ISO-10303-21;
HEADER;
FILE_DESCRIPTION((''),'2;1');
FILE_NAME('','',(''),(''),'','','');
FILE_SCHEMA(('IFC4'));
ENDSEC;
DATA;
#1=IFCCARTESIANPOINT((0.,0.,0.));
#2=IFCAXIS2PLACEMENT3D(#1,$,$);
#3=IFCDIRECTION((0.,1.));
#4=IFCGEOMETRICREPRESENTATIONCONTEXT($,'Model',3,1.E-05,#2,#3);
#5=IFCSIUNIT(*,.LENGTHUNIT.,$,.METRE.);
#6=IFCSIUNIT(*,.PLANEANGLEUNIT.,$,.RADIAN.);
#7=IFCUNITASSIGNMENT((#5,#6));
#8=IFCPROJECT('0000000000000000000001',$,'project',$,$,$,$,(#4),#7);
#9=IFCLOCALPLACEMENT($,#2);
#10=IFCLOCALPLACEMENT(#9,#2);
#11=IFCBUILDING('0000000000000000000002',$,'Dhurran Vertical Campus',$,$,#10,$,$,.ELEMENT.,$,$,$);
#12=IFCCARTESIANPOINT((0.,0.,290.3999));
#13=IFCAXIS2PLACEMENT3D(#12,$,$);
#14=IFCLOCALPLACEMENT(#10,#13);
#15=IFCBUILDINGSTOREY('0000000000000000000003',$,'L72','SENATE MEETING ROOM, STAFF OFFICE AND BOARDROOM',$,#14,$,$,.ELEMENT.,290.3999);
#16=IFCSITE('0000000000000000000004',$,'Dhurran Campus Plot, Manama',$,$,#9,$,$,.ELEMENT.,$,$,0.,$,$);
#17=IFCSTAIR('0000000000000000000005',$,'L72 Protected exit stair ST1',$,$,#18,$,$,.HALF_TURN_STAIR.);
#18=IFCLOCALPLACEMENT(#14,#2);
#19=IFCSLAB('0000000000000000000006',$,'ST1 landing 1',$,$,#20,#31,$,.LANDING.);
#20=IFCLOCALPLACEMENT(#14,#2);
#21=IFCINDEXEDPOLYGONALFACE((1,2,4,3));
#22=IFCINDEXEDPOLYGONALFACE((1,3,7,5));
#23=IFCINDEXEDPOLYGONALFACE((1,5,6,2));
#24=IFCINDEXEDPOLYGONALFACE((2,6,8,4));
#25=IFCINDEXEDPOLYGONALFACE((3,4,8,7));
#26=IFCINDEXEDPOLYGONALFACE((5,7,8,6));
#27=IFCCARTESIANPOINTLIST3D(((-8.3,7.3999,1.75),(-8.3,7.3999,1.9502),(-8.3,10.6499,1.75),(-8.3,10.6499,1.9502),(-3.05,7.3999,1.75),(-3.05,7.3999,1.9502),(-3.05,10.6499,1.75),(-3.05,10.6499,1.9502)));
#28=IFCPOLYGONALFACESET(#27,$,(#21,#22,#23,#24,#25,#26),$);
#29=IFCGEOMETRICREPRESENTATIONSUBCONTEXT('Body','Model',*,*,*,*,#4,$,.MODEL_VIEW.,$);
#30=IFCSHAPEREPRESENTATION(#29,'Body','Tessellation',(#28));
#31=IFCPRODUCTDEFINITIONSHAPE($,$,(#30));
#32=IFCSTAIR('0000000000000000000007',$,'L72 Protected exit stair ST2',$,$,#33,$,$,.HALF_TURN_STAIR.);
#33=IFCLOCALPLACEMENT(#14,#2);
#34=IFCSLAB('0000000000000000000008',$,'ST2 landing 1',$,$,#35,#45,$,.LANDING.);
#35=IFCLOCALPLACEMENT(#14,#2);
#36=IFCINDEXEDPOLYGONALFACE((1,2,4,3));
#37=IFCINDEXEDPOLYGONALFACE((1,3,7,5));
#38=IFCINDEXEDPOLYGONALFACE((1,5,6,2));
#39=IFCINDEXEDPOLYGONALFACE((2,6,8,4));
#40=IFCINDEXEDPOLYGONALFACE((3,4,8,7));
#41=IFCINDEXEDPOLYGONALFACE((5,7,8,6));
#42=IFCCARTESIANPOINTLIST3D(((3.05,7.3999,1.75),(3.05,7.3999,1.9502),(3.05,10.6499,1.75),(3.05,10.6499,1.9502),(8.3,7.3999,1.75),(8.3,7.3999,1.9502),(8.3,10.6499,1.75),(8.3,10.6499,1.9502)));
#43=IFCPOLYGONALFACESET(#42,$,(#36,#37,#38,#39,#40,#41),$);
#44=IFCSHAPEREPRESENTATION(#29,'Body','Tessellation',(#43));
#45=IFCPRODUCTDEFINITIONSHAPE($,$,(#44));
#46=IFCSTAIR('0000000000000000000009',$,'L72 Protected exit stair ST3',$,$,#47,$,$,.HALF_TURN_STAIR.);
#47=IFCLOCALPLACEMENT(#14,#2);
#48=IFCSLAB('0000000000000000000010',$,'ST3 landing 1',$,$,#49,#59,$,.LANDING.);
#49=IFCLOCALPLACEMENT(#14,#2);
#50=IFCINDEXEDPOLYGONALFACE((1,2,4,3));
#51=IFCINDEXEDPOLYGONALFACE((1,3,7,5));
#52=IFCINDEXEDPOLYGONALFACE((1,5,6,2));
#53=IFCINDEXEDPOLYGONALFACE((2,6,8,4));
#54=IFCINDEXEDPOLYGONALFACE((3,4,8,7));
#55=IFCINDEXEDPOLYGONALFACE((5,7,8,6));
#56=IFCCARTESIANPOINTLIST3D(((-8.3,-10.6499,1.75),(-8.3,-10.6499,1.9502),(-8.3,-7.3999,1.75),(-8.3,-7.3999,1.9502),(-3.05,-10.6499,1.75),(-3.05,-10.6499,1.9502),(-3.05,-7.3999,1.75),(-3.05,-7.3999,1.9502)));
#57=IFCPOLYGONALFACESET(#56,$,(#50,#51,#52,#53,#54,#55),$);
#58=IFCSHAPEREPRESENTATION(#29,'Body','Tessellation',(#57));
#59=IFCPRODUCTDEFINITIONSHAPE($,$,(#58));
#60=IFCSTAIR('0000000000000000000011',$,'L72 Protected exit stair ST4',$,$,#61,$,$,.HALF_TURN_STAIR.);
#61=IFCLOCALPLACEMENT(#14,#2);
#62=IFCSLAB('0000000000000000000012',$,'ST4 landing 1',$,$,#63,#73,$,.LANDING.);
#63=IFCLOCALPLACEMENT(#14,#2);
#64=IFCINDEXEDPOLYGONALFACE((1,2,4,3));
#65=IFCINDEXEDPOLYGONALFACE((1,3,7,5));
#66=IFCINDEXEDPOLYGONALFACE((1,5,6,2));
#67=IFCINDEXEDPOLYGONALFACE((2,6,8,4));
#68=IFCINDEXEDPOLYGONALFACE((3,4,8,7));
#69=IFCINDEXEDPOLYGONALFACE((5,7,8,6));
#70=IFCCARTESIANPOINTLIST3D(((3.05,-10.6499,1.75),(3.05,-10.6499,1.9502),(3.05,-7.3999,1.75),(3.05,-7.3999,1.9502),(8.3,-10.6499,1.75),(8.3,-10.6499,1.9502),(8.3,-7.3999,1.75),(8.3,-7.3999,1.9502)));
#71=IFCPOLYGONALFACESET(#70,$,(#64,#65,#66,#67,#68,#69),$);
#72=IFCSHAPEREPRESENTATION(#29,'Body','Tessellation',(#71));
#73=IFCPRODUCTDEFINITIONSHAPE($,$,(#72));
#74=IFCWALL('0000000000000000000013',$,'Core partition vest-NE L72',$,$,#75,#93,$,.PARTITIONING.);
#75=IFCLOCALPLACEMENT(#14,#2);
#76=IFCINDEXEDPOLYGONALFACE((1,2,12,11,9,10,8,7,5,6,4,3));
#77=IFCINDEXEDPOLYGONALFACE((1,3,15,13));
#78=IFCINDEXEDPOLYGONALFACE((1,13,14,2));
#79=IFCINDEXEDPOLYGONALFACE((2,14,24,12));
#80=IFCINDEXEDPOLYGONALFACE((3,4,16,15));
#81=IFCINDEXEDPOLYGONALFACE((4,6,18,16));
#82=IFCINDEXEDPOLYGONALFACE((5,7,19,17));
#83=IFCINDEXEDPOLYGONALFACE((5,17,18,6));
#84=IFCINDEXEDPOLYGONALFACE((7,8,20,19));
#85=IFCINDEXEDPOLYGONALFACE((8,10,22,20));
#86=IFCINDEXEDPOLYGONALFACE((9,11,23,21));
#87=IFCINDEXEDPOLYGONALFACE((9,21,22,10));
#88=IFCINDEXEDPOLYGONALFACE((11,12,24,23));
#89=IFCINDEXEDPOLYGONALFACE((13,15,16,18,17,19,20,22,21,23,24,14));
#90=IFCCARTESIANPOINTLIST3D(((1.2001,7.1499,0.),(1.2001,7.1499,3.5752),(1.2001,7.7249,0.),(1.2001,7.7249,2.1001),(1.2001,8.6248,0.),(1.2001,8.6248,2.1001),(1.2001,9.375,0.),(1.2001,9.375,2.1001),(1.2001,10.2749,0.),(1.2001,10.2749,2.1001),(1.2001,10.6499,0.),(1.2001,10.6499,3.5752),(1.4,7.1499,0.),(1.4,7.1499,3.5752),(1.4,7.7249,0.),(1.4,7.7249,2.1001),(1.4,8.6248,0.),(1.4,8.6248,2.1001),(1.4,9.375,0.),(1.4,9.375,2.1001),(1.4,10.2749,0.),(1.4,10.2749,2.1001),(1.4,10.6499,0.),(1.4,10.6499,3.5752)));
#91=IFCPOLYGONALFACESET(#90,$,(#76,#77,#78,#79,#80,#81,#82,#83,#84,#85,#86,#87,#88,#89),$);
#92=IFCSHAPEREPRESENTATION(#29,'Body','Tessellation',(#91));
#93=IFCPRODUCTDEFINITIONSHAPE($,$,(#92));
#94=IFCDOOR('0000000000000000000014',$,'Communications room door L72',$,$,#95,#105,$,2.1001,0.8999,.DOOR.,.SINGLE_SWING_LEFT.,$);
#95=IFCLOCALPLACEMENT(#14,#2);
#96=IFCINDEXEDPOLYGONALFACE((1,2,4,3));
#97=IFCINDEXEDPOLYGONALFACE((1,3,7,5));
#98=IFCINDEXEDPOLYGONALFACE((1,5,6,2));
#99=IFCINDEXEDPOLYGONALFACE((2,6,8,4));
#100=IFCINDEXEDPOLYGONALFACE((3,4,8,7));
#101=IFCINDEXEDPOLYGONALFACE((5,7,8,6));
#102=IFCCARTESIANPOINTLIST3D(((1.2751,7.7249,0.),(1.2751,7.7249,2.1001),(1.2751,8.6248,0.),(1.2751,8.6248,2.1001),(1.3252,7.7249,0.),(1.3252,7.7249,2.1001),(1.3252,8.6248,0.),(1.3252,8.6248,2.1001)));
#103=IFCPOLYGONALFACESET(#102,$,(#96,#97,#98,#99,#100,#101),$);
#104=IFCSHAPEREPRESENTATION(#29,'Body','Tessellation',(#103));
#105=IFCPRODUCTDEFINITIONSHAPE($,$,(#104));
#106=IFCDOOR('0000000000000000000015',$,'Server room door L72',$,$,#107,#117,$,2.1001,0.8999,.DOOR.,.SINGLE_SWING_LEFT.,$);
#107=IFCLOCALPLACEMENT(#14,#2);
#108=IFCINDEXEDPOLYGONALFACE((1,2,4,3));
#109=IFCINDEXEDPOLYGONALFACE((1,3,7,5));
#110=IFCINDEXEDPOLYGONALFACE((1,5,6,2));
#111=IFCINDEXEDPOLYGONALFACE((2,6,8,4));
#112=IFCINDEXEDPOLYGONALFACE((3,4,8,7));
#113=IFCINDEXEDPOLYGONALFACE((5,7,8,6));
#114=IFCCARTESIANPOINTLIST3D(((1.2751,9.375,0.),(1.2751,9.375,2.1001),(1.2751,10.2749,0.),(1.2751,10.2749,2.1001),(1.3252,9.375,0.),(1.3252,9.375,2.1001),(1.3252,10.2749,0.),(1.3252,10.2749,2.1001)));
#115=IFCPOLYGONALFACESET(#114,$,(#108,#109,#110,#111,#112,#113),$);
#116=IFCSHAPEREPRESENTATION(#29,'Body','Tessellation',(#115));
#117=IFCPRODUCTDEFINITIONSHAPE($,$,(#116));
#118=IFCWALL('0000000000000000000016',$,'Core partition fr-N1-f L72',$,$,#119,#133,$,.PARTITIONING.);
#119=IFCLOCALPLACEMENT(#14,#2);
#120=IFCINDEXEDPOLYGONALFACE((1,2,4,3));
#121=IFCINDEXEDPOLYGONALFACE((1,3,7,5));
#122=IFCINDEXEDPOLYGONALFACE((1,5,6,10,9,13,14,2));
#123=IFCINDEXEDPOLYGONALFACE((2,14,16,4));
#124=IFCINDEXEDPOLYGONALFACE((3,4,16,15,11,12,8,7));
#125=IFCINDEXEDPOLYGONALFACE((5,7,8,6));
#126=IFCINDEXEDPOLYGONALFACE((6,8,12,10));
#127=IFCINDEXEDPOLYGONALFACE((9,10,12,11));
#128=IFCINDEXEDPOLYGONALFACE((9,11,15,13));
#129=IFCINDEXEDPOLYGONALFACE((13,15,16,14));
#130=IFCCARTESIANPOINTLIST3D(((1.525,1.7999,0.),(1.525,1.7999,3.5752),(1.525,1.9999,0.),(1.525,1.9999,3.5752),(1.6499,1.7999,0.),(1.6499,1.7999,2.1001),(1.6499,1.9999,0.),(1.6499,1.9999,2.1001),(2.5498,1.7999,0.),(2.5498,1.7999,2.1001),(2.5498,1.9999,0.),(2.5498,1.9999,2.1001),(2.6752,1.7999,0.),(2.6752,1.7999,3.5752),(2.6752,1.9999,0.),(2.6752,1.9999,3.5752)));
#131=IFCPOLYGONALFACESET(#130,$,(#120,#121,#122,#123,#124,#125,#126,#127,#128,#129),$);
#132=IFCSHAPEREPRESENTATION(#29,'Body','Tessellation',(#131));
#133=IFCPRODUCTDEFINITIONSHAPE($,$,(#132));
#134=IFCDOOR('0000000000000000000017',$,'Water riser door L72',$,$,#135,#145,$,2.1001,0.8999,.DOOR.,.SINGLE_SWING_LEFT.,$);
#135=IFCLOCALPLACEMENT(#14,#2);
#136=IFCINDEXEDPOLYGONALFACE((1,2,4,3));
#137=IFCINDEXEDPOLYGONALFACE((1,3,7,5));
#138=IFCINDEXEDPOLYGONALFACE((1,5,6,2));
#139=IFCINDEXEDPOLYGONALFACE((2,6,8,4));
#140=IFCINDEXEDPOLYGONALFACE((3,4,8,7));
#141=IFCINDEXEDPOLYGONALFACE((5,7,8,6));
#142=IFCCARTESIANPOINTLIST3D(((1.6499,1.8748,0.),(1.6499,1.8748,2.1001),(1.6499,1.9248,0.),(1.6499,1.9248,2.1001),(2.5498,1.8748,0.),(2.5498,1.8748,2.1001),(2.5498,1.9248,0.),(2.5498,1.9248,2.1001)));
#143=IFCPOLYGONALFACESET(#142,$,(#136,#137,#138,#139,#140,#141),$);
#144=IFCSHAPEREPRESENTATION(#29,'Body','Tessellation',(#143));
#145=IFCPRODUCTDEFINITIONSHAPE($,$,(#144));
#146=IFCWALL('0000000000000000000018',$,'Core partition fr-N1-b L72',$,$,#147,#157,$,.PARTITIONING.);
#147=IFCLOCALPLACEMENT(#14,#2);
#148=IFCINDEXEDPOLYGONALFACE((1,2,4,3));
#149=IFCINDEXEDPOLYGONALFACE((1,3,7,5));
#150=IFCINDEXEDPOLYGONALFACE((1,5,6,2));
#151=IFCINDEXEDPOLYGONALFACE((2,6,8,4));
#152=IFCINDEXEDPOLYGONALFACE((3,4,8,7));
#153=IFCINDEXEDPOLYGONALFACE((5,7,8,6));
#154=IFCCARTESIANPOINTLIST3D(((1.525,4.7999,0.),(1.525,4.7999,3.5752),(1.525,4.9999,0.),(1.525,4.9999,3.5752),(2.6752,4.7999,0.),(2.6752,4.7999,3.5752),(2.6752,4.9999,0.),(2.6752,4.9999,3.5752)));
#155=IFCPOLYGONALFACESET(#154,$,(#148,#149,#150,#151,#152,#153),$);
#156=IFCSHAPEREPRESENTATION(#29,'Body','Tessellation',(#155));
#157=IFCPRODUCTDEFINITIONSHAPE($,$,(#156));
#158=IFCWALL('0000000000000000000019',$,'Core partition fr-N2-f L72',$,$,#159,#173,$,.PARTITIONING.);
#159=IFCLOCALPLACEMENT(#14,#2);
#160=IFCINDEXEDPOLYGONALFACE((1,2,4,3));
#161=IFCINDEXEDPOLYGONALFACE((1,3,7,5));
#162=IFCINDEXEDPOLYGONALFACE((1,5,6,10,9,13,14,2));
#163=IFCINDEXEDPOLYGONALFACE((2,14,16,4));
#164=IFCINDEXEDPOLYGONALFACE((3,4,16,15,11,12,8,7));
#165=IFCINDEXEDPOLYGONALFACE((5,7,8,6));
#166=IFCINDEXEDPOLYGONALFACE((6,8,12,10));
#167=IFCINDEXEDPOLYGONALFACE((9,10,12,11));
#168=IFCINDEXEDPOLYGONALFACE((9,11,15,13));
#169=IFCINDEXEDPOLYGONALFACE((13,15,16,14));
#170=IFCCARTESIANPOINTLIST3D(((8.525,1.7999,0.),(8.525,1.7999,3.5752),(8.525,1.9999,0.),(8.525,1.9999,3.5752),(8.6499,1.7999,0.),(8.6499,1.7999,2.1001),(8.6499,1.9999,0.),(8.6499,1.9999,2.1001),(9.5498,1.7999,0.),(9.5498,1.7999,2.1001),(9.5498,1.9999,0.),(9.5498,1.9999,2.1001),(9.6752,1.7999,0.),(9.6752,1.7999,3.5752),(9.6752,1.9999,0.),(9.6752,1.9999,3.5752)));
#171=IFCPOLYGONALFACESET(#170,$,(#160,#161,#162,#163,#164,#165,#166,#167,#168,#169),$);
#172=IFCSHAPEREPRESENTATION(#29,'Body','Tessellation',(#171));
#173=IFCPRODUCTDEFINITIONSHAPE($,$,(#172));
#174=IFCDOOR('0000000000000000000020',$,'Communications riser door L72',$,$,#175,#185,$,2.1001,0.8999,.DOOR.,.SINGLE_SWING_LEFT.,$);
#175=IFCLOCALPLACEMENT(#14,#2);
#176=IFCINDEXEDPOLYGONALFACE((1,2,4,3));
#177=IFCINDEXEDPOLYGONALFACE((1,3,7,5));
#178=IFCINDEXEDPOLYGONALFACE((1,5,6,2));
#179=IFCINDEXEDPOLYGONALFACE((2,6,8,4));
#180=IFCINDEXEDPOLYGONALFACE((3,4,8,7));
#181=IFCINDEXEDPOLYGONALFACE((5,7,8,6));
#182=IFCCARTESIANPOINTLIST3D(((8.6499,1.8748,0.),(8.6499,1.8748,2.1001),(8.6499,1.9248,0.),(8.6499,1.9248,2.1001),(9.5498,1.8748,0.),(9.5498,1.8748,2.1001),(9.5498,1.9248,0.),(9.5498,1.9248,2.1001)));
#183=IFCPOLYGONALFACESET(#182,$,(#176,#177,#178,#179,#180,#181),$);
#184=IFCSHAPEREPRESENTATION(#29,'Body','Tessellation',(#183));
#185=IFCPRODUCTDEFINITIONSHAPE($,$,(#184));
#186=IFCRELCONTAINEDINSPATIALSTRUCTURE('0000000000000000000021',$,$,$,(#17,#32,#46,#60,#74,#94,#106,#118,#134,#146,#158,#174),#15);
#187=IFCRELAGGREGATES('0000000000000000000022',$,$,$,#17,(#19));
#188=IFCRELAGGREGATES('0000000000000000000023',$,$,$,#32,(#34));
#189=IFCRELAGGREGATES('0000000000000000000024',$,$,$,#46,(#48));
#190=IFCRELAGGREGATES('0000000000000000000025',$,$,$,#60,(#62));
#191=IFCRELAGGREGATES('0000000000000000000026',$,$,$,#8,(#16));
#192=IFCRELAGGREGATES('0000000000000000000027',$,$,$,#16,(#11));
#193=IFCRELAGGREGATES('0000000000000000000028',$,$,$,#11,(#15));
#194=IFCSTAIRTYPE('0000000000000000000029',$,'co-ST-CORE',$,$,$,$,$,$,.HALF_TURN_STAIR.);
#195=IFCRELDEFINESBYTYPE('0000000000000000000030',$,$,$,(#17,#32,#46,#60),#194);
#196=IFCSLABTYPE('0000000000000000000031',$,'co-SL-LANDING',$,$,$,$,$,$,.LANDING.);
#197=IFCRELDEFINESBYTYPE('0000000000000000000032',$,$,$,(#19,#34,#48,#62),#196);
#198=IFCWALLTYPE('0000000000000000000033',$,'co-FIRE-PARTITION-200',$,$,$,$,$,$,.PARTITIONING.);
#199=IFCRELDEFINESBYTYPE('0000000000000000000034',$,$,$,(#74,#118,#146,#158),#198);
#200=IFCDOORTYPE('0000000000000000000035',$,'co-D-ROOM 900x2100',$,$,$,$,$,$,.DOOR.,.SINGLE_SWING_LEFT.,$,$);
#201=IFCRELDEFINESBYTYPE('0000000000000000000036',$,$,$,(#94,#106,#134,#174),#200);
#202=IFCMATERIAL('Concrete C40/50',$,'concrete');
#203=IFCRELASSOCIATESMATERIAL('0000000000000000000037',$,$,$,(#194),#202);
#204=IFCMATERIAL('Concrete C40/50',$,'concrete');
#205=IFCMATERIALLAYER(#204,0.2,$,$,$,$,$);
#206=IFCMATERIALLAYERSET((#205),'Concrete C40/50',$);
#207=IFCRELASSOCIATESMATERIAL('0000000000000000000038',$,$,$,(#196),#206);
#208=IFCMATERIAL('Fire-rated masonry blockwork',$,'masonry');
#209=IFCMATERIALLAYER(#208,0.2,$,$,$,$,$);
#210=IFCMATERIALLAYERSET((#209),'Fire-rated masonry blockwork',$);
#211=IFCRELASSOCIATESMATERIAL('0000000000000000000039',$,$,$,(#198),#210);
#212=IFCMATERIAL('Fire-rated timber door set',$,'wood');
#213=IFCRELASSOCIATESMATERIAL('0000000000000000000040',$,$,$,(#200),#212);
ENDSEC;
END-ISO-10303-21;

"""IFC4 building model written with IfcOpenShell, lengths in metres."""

from ifc_helpers import new_model, si_unit, direction, frame, frame_2d, origin, place, context, subcontext, project, spatial, polyline, rectangle, outline, extrude, material, layer, layer_set, type_object, element, fill, aggregate, save


model = new_model("IFC4")

# Units and contexts
model_context = context("Model", 3, precision=1e-05, world=origin(), true_north=direction((0.0, 1.0)))
body_context = subcontext(model_context, "Body", "Model", "MODEL_VIEW")
ifc_project = project(units=[si_unit("LENGTHUNIT", "METRE"), si_unit("PLANEANGLEUNIT", "RADIAN")], contexts=[model_context])

# Site, building, storey
site_placement = place(None, origin())
site = spatial("IfcSite", under=ifc_project, at=site_placement, Name="Dhurran Campus Plot, Manama", CompositionType="ELEMENT", RefElevation=0.0)
building_placement = place(site_placement, origin())
building = spatial("IfcBuilding", under=site, at=building_placement, Name="Dhurran Vertical Campus", CompositionType="ELEMENT")
storey_placement = place(building_placement, frame((0.0, 0.0, 290.3999)))
storey = spatial("IfcBuildingStorey", under=building, at=storey_placement, Name="L72", Description="SENATE MEETING ROOM, STAFF OFFICE AND BOARDROOM", CompositionType="ELEMENT", Elevation=290.3999)

# Stairs, slabs
ifc_material_1 = material(Name="Concrete C40/50", Category="concrete")
stair_type = type_object("IfcStairType", Name="co-ST-CORE", PredefinedType="HALF_TURN_STAIR", material=ifc_material_1)
stair_1_placement = place(storey_placement, origin())
stair_1 = element("IfcStair", 1, at=stair_1_placement, inside=storey, type_object=stair_type, Name="L72 Protected exit stair ST1", PredefinedType="HALF_TURN_STAIR")
ifc_material_2 = material(Name="Concrete C40/50", Category="concrete")
ifc_layer_1 = layer(ifc_material_2, 0.2)
ifc_layer_set_1 = layer_set([ifc_layer_1], Name="Concrete C40/50")
slab_type = type_object("IfcSlabType", Name="co-SL-LANDING", PredefinedType="LANDING", material=ifc_layer_set_1)
slab_1_placement = place(storey_placement, frame((0.0, 0.0, 1.75)))
slab_1 = element("IfcSlab", 2, at=slab_1_placement, type_object=slab_type, Name="ST1 landing 1", PredefinedType="LANDING", context=body_context, shape_type="SweptSolid", body=[
    extrude(outline(polyline([(-8.3, 7.3999), (-3.05, 7.3999), (-3.05, 10.6499), (-8.3, 10.6499), (-8.3, 7.3999)])), origin(), (0.0, 0.0, 1.0), 0.2002),
])
aggregate(stair_1, [slab_1])
stair_2_placement = place(storey_placement, origin())
stair_2 = element("IfcStair", 3, at=stair_2_placement, inside=storey, type_object=stair_type, Name="L72 Protected exit stair ST2", PredefinedType="HALF_TURN_STAIR")
slab_2_placement = place(storey_placement, frame((0.0, 0.0, 1.75)))
slab_2 = element("IfcSlab", 4, at=slab_2_placement, type_object=slab_type, Name="ST2 landing 1", PredefinedType="LANDING", context=body_context, shape_type="SweptSolid", body=[
    extrude(outline(polyline([(8.3, 10.6499), (3.05, 10.6499), (3.05, 7.3999), (8.3, 7.3999), (8.3, 10.6499)])), origin(), (0.0, 0.0, 1.0), 0.2002),
])
aggregate(stair_2, [slab_2])
stair_3_placement = place(storey_placement, origin())
stair_3 = element("IfcStair", 5, at=stair_3_placement, inside=storey, type_object=stair_type, Name="L72 Protected exit stair ST3", PredefinedType="HALF_TURN_STAIR")
slab_3_placement = place(storey_placement, frame((0.0, 0.0, 1.75)))
slab_3 = element("IfcSlab", 6, at=slab_3_placement, type_object=slab_type, Name="ST3 landing 1", PredefinedType="LANDING", context=body_context, shape_type="SweptSolid", body=[
    extrude(outline(polyline([(-8.3, -10.6499), (-3.05, -10.6499), (-3.05, -7.3999), (-8.3, -7.3999), (-8.3, -10.6499)])), origin(), (0.0, 0.0, 1.0), 0.2002),
])
aggregate(stair_3, [slab_3])
stair_4_placement = place(storey_placement, origin())
stair_4 = element("IfcStair", 7, at=stair_4_placement, inside=storey, type_object=stair_type, Name="L72 Protected exit stair ST4", PredefinedType="HALF_TURN_STAIR")
slab_4_placement = place(storey_placement, frame((0.0, 0.0, 1.75)))
slab_4 = element("IfcSlab", 8, at=slab_4_placement, type_object=slab_type, Name="ST4 landing 1", PredefinedType="LANDING", context=body_context, shape_type="SweptSolid", body=[
    extrude(outline(polyline([(8.3, -7.3999), (3.05, -7.3999), (3.05, -10.6499), (8.3, -10.6499), (8.3, -7.3999)])), origin(), (0.0, 0.0, 1.0), 0.2002),
])
aggregate(stair_4, [slab_4])

# Wall, openings, doors
ifc_material_3 = material(Name="Fire-rated masonry blockwork", Category="masonry")
ifc_layer_2 = layer(ifc_material_3, 0.2)
ifc_layer_set_2 = layer_set([ifc_layer_2], Name="Fire-rated masonry blockwork")
wall_type_1 = type_object("IfcWallType", Name="co-FIRE-PARTITION-200", PredefinedType="PARTITIONING", material=ifc_layer_set_2)
wall_1_placement = place(storey_placement, frame((1.3, 7.1499, 0.0), z_axis=(0.0, 0.0, 1.0), x_axis=(0.0, 1.0, 0.0)))
wall_1 = element("IfcWall", 9, at=wall_1_placement, inside=storey, type_object=wall_type_1, Name="Core partition vest-NE L72", PredefinedType="PARTITIONING", context=body_context, shape_type="SweptSolid", body=[
    extrude(rectangle(XDim=3.5, YDim=0.2, at=frame_2d((1.75, 0.0))), origin(), (0.0, 0.0, 1.0), 3.5752),
])
opening_1_placement = place(wall_1_placement, frame((0.575, 0.0, 0.0)))
opening_1 = element("IfcOpeningElement", 10, at=opening_1_placement, cuts=wall_1, PredefinedType="OPENING", context=body_context, shape_type="SweptSolid", body=[
    extrude(rectangle(XDim=0.8999, YDim=2.1001, at=frame_2d((0.45, 1.05))), frame((0.0, 0.1099, 0.0), z_axis=(0.0, -1.0, 0.0), x_axis=(1.0, 0.0, 0.0)), (0.0, 0.0, 1.0), 0.22),
])
opening_2_placement = place(wall_1_placement, frame((2.2251, 0.0, 0.0)))
opening_2 = element("IfcOpeningElement", 11, at=opening_2_placement, cuts=wall_1, PredefinedType="OPENING", context=body_context, shape_type="SweptSolid", body=[
    extrude(rectangle(XDim=0.8999, YDim=2.1001, at=frame_2d((0.45, 1.05))), frame((0.0, 0.1099, 0.0), z_axis=(0.0, -1.0, 0.0), x_axis=(1.0, 0.0, 0.0)), (0.0, 0.0, 1.0), 0.22),
])
ifc_material_4 = material(Name="Fire-rated timber door set", Category="wood")
door_type_1 = type_object("IfcDoorType", Name="co-D-ROOM 900x2100", OperationType="SINGLE_SWING_LEFT", PredefinedType="DOOR", material=ifc_material_4)
door_1_placement = place(opening_1_placement, origin())
door_1 = element("IfcDoor", 12, at=door_1_placement, inside=storey, type_object=door_type_1, Name="Communications room door L72", OperationType="SINGLE_SWING_LEFT", OverallHeight=2.1001, OverallWidth=0.8999, PredefinedType="DOOR", context=body_context, shape_type="SweptSolid", body=[
    extrude(rectangle(XDim=0.8999, YDim=2.1001, at=frame_2d((0.45, 1.05))), frame((0.0, 0.0249, 0.0), z_axis=(0.0, -1.0, 0.0), x_axis=(1.0, 0.0, 0.0)), (0.0, 0.0, 1.0), 0.05),
])
fill(opening_1, door_1)
door_2_placement = place(opening_2_placement, origin())
door_2 = element("IfcDoor", 13, at=door_2_placement, inside=storey, type_object=door_type_1, Name="Server room door L72", OperationType="SINGLE_SWING_LEFT", OverallHeight=2.1001, OverallWidth=0.8999, PredefinedType="DOOR", context=body_context, shape_type="SweptSolid", body=[
    extrude(rectangle(XDim=0.8999, YDim=2.1001, at=frame_2d((0.45, 1.05))), frame((0.0, 0.0249, 0.0), z_axis=(0.0, -1.0, 0.0), x_axis=(1.0, 0.0, 0.0)), (0.0, 0.0, 1.0), 0.05),
])
fill(opening_2, door_2)

# Wall, opening, door
wall_2_placement = place(storey_placement, frame((1.5249, 1.8999, 0.0), z_axis=(0.0, 0.0, 1.0), x_axis=(1.0, 0.0, 0.0)))
wall_2 = element("IfcWall", 14, at=wall_2_placement, inside=storey, type_object=wall_type_1, Name="Core partition fr-N1-f L72", PredefinedType="PARTITIONING", context=body_context, shape_type="SweptSolid", body=[
    extrude(rectangle(XDim=1.1501, YDim=0.2, at=frame_2d((0.5752, 0.0))), origin(), (0.0, 0.0, 1.0), 3.5752),
])
opening_3_placement = place(wall_2_placement, frame((0.125, 0.0, 0.0)))
opening_3 = element("IfcOpeningElement", 15, at=opening_3_placement, cuts=wall_2, PredefinedType="OPENING", context=body_context, shape_type="SweptSolid", body=[
    extrude(rectangle(XDim=0.8999, YDim=2.1001, at=frame_2d((0.45, 1.05))), frame((0.0, 0.1099, 0.0), z_axis=(0.0, -1.0, 0.0), x_axis=(1.0, 0.0, 0.0)), (0.0, 0.0, 1.0), 0.22),
])
door_3_placement = place(opening_3_placement, origin())
door_3 = element("IfcDoor", 16, at=door_3_placement, inside=storey, type_object=door_type_1, Name="Water riser door L72", OperationType="SINGLE_SWING_LEFT", OverallHeight=2.1001, OverallWidth=0.8999, PredefinedType="DOOR", context=body_context, shape_type="SweptSolid", body=[
    extrude(rectangle(XDim=0.8999, YDim=2.1001, at=frame_2d((0.45, 1.05))), frame((0.0, 0.0249, 0.0), z_axis=(0.0, -1.0, 0.0), x_axis=(1.0, 0.0, 0.0)), (0.0, 0.0, 1.0), 0.05),
])
fill(opening_3, door_3)

# Wall
wall_3_placement = place(storey_placement, frame((1.5249, 4.8999, 0.0), z_axis=(0.0, 0.0, 1.0), x_axis=(1.0, 0.0, 0.0)))
element("IfcWall", 17, at=wall_3_placement, inside=storey, type_object=wall_type_1, Name="Core partition fr-N1-b L72", PredefinedType="PARTITIONING", context=body_context, shape_type="SweptSolid", body=[
    extrude(rectangle(XDim=1.1501, YDim=0.2, at=frame_2d((0.5752, 0.0))), origin(), (0.0, 0.0, 1.0), 3.5752),
])

# Wall, opening, door
wall_4_placement = place(storey_placement, frame((8.5249, 1.8999, 0.0), z_axis=(0.0, 0.0, 1.0), x_axis=(1.0, 0.0, 0.0)))
wall_4 = element("IfcWall", 18, at=wall_4_placement, inside=storey, type_object=wall_type_1, Name="Core partition fr-N2-f L72", PredefinedType="PARTITIONING", context=body_context, shape_type="SweptSolid", body=[
    extrude(rectangle(XDim=1.1501, YDim=0.2, at=frame_2d((0.5752, 0.0))), origin(), (0.0, 0.0, 1.0), 3.5752),
])
opening_4_placement = place(wall_4_placement, frame((0.125, 0.0, 0.0)))
opening_4 = element("IfcOpeningElement", 19, at=opening_4_placement, cuts=wall_4, PredefinedType="OPENING", context=body_context, shape_type="SweptSolid", body=[
    extrude(rectangle(XDim=0.8999, YDim=2.1001, at=frame_2d((0.45, 1.05))), frame((0.0, 0.1099, 0.0), z_axis=(0.0, -1.0, 0.0), x_axis=(1.0, 0.0, 0.0)), (0.0, 0.0, 1.0), 0.22),
])
door_4_placement = place(opening_4_placement, origin())
door_4 = element("IfcDoor", 20, at=door_4_placement, inside=storey, type_object=door_type_1, Name="Communications riser door L72", OperationType="SINGLE_SWING_LEFT", OverallHeight=2.1001, OverallWidth=0.8999, PredefinedType="DOOR", context=body_context, shape_type="SweptSolid", body=[
    extrude(rectangle(XDim=0.8999, YDim=2.1001, at=frame_2d((0.45, 1.05))), frame((0.0, 0.0249, 0.0), z_axis=(0.0, -1.0, 0.0), x_axis=(1.0, 0.0, 0.0)), (0.0, 0.0, 1.0), 0.05),
])
fill(opening_4, door_4)

save(model, "model.ifc")
